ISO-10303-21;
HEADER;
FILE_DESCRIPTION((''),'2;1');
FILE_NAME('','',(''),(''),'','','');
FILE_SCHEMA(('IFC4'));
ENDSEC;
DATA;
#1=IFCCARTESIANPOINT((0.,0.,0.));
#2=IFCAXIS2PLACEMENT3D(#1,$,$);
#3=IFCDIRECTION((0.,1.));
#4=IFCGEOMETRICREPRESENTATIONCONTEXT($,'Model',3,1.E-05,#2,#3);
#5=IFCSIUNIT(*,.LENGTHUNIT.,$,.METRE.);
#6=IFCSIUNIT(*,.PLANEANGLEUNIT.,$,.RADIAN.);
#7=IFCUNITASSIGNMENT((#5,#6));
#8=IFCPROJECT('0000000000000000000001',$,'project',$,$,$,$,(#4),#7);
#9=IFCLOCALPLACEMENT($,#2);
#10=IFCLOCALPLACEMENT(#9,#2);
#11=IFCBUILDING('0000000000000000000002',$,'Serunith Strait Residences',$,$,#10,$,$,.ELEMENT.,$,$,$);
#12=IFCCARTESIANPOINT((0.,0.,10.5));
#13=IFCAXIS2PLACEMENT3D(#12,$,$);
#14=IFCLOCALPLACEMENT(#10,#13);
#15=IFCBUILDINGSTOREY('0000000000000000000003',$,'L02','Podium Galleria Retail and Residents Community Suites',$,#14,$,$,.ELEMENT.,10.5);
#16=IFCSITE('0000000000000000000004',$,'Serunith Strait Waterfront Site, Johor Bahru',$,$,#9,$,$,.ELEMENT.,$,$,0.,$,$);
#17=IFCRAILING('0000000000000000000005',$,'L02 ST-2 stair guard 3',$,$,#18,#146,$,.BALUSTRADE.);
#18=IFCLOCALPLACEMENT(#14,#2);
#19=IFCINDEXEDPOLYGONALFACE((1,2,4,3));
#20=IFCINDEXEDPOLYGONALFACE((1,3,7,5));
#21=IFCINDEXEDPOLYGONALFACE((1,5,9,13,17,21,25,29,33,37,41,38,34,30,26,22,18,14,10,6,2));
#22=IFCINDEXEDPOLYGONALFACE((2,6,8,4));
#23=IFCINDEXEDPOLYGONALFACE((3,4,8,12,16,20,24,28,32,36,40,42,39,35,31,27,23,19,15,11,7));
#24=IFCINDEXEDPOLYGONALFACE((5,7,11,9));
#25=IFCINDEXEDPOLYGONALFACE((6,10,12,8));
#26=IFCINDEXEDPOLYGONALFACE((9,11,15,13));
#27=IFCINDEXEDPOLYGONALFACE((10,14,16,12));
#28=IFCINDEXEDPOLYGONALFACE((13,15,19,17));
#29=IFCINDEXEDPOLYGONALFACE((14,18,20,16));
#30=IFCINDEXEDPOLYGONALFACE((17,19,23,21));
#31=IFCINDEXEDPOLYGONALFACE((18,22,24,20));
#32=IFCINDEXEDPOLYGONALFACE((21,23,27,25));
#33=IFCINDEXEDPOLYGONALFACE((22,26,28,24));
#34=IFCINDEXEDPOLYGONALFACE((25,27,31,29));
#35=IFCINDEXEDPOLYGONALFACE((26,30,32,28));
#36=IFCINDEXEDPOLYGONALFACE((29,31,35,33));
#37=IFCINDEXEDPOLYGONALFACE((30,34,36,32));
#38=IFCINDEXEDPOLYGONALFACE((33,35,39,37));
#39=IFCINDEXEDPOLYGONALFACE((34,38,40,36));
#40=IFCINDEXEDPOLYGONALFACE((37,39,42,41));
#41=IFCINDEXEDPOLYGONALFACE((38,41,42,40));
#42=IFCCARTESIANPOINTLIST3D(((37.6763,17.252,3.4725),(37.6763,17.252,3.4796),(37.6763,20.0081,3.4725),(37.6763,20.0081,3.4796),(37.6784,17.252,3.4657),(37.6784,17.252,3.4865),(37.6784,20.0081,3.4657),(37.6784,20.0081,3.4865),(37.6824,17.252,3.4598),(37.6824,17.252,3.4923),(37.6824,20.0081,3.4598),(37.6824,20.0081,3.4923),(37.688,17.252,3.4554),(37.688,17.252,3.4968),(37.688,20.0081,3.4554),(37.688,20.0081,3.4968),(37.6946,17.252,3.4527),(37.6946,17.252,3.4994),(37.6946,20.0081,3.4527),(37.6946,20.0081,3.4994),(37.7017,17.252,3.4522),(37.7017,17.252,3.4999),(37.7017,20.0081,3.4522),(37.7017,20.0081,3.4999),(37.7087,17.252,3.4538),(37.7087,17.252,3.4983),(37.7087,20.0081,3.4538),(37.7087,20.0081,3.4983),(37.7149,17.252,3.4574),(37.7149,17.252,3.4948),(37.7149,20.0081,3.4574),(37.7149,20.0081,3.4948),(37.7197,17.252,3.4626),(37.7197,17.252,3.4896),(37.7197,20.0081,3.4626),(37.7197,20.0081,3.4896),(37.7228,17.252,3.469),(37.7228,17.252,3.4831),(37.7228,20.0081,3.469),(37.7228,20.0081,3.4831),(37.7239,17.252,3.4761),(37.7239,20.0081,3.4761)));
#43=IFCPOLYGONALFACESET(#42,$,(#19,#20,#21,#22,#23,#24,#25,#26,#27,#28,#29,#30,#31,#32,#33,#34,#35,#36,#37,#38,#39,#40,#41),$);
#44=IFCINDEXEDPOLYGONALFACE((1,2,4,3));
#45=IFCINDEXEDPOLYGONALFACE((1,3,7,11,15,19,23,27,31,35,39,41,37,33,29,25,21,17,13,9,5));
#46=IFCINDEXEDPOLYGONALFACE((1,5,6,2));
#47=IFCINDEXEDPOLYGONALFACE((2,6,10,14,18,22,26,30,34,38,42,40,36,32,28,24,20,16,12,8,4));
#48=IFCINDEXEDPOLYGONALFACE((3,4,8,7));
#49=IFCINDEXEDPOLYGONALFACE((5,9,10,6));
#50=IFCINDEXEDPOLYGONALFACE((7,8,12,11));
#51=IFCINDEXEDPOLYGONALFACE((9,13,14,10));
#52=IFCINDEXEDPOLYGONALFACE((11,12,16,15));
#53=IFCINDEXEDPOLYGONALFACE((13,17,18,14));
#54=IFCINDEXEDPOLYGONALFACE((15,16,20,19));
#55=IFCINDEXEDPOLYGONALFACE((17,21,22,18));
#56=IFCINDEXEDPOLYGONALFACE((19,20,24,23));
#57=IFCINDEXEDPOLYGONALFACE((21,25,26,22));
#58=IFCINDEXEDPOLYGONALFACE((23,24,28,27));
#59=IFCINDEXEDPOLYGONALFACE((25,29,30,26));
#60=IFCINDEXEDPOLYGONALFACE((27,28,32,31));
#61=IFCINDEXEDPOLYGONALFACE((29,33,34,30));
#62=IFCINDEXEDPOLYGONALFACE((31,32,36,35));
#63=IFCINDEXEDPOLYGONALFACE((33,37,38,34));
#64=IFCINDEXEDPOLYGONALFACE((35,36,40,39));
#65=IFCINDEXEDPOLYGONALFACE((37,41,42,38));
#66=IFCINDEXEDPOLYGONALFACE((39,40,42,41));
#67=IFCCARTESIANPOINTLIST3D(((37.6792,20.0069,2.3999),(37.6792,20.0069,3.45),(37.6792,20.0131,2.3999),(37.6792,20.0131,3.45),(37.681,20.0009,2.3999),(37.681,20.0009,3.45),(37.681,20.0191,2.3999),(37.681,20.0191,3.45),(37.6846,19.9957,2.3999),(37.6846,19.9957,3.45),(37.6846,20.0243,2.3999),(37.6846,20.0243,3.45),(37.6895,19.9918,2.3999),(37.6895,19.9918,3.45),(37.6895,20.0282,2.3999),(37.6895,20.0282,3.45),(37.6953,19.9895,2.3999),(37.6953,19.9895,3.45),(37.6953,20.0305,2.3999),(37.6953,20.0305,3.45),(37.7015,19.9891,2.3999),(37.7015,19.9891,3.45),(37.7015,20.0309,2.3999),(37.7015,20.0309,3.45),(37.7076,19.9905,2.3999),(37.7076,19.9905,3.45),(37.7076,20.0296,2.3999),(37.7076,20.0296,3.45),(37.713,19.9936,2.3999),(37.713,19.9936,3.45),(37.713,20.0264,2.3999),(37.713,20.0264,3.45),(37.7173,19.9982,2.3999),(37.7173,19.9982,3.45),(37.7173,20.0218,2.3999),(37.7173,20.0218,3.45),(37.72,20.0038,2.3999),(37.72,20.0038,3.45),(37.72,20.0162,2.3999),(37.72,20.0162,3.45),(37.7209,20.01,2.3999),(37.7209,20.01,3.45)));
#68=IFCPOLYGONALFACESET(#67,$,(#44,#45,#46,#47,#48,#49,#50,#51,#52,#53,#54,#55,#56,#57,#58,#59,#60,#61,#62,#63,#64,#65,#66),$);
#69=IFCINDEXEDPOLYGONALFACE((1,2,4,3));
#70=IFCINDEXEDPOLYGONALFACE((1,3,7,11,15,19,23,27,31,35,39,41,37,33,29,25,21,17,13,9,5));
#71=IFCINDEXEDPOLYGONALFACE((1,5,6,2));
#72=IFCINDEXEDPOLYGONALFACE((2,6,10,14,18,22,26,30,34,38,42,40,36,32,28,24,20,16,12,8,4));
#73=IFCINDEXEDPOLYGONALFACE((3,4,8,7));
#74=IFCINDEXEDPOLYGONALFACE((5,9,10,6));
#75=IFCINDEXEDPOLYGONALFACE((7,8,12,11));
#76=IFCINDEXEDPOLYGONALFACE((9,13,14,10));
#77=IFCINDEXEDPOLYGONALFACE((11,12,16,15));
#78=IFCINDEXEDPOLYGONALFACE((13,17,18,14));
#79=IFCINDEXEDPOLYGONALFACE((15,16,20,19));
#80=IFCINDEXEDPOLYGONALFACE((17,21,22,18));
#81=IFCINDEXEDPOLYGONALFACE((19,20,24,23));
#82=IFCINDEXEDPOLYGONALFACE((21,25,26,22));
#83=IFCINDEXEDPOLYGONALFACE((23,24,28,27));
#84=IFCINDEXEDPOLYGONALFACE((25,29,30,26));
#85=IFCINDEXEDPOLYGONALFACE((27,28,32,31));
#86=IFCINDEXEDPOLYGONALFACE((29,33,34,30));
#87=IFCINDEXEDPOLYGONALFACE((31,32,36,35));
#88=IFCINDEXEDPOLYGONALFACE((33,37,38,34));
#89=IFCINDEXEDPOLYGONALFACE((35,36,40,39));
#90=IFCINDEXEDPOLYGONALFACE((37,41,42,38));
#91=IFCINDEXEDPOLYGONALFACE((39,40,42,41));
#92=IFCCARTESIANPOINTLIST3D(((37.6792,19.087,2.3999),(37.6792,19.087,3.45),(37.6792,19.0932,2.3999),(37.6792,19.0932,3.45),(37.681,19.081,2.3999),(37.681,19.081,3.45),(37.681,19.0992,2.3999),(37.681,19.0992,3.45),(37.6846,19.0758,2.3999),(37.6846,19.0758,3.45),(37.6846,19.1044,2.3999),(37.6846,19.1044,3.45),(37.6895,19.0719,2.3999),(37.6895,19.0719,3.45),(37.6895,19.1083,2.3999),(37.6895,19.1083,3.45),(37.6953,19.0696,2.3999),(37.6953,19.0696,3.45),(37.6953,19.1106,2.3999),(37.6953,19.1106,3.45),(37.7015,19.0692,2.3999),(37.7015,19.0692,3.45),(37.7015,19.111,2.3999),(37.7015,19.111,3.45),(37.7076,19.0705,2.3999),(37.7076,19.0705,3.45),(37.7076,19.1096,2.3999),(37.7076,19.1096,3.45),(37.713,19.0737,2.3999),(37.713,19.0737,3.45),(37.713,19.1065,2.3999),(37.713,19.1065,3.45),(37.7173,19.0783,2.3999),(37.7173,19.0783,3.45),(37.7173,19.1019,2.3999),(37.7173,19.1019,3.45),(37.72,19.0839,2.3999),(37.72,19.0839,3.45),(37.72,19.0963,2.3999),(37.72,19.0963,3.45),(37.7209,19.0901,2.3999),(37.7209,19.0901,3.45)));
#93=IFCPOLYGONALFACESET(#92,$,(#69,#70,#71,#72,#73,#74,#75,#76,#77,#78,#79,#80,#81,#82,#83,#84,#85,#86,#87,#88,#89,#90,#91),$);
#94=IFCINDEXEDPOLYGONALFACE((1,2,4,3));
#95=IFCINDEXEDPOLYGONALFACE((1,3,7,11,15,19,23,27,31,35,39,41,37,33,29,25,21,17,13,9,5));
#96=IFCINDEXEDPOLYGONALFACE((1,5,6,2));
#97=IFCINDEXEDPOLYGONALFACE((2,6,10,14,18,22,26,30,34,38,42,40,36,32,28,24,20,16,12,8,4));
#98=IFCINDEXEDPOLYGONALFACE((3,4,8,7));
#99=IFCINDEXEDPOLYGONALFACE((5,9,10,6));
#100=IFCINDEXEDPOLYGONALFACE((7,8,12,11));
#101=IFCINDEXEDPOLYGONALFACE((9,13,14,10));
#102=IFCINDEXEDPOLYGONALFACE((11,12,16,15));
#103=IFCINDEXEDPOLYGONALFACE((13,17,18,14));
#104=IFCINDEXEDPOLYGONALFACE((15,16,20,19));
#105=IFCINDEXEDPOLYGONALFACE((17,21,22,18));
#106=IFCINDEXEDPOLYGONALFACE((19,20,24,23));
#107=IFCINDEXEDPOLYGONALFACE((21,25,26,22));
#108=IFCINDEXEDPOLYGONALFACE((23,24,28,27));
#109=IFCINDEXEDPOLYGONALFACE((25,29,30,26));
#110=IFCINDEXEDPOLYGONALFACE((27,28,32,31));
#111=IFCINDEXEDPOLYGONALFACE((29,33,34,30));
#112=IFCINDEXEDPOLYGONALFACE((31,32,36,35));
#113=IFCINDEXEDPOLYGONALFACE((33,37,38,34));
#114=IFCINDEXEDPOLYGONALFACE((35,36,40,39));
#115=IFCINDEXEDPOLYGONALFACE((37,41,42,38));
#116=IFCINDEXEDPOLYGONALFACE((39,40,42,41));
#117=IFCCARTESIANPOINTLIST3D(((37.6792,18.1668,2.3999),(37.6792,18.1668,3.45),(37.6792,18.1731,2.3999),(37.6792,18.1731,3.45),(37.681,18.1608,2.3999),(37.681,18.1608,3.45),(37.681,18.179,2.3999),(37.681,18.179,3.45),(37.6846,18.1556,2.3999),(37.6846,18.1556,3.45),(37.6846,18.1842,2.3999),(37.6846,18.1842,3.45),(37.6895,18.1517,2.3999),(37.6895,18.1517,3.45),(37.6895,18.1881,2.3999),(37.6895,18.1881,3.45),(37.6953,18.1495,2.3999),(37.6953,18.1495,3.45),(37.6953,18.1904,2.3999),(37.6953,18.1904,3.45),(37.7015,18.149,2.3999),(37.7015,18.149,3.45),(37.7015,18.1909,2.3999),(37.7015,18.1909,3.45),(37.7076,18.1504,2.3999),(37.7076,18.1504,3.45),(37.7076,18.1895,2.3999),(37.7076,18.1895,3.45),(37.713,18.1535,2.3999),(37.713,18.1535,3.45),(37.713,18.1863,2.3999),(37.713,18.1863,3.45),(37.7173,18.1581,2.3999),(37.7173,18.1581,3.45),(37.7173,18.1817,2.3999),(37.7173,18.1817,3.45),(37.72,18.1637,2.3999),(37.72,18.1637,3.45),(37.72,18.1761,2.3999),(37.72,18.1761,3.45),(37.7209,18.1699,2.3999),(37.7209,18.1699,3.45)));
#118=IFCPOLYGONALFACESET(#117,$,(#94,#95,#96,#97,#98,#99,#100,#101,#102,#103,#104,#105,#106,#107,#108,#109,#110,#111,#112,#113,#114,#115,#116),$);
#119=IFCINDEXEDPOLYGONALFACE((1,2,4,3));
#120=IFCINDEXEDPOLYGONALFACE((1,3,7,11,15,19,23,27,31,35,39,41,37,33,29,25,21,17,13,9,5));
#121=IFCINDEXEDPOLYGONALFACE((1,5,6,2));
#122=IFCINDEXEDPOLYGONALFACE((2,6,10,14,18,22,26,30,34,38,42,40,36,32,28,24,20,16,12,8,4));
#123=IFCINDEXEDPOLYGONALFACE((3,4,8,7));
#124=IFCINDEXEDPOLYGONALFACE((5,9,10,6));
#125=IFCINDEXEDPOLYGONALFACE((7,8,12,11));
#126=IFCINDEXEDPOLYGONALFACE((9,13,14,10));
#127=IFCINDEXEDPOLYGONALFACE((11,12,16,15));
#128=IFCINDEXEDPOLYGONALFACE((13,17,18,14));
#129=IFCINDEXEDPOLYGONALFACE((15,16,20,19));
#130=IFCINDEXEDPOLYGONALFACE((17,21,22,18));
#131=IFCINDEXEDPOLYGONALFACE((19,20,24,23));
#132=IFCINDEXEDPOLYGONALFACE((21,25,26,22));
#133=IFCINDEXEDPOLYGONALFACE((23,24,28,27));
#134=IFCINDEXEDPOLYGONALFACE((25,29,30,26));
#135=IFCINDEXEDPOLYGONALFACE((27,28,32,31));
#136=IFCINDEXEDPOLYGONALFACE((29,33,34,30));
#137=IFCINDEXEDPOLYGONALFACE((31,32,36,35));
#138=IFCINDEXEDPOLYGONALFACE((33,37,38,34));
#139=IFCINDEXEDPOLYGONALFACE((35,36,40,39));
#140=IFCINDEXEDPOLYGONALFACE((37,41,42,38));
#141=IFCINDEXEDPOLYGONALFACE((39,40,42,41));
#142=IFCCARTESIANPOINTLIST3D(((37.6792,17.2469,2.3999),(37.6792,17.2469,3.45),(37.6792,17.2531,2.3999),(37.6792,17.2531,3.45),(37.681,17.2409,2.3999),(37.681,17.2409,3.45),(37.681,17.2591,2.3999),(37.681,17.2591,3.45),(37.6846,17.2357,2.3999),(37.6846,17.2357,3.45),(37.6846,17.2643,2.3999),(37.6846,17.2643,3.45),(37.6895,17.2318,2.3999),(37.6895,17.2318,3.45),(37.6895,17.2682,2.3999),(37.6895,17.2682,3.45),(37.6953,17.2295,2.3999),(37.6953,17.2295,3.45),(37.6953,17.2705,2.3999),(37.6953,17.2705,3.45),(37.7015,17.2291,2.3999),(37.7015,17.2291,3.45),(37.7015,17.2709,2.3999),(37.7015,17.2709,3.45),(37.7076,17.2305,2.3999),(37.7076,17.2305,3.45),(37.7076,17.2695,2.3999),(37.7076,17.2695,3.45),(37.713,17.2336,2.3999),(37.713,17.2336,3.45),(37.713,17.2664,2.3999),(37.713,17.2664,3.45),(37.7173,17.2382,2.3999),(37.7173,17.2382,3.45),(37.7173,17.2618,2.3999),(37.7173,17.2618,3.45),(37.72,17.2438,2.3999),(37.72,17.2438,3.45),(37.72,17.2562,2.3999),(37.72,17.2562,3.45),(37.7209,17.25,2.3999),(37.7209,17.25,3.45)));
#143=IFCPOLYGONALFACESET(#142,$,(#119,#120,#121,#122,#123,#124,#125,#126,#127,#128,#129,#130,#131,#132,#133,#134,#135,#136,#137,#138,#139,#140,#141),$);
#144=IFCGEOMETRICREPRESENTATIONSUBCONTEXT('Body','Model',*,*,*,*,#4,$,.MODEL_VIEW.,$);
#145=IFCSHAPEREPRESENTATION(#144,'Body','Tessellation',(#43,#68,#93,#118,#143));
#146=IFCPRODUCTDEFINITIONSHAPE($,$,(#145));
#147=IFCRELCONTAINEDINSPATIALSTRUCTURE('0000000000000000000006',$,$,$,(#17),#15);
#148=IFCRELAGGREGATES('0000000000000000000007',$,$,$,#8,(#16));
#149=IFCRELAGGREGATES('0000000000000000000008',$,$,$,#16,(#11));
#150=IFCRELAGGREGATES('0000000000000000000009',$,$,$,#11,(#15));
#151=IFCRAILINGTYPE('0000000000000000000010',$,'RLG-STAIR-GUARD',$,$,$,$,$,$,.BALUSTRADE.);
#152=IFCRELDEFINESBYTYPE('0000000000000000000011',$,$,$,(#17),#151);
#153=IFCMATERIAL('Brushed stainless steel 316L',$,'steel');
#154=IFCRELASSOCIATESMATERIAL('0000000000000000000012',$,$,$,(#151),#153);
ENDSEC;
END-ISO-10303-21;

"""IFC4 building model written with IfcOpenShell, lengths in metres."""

from ifc_helpers import new_model, si_unit, direction, frame, origin, origin_2d, place, context, subcontext, project, spatial, circle, extrude, material, type_object, element, save


model = new_model("IFC4")

# Units and contexts
model_context = context("Model", 3, precision=1e-05, world=origin(), true_north=direction((0.0, 1.0)))
body_context = subcontext(model_context, "Body", "Model", "MODEL_VIEW")
ifc_project = project(units=[si_unit("LENGTHUNIT", "METRE"), si_unit("PLANEANGLEUNIT", "RADIAN")], contexts=[model_context])

# Site, building, storey
site_placement = place(None, origin())
site = spatial("IfcSite", under=ifc_project, at=site_placement, Name="Serunith Strait Waterfront Site, Johor Bahru", CompositionType="ELEMENT", RefElevation=0.0)
building_placement = place(site_placement, origin())
building = spatial("IfcBuilding", under=site, at=building_placement, Name="Serunith Strait Residences", CompositionType="ELEMENT")
storey_placement = place(building_placement, frame((0.0, 0.0, 10.5)))
storey = spatial("IfcBuildingStorey", under=building, at=storey_placement, Name="L02", Description="Podium Galleria Retail and Residents Community Suites", CompositionType="ELEMENT", Elevation=10.5)

# Railing
ifc_material_1 = material(Name="Brushed stainless steel 316L", Category="steel")
railing_type_1 = type_object("IfcRailingType", Name="RLG-STAIR-GUARD", PredefinedType="BALUSTRADE", material=ifc_material_1)
railing_1_placement = place(storey_placement, frame((37.7, 20.01, 2.3999)))
element("IfcRailing", 1, at=railing_1_placement, inside=storey, type_object=railing_type_1, Name="L02 ST-2 stair guard 3", PredefinedType="BALUSTRADE", context=body_context, shape_type="SweptSolid", body=[
    extrude(circle(Radius=0.0239, at=origin_2d()), frame((0.0, -0.002, 1.0762), z_axis=(0.0, -1.0, 0.0), x_axis=(1.0, 0.0, 0.0)), (0.0, 0.0, 1.0), 2.7561),
    extrude(circle(Radius=0.021, at=origin_2d()), origin(), (0.0, 0.0, 1.0), 1.05),
    extrude(circle(Radius=0.021, at=origin_2d()), frame((0.0, -0.9199, 0.0)), (0.0, 0.0, 1.0), 1.05),
    extrude(circle(Radius=0.021, at=origin_2d()), frame((0.0, -1.8401, 0.0)), (0.0, 0.0, 1.0), 1.05),
    extrude(circle(Radius=0.021, at=origin_2d()), frame((0.0, -2.76, 0.0)), (0.0, 0.0, 1.0), 1.05),
])

save(model, "model.ifc")
